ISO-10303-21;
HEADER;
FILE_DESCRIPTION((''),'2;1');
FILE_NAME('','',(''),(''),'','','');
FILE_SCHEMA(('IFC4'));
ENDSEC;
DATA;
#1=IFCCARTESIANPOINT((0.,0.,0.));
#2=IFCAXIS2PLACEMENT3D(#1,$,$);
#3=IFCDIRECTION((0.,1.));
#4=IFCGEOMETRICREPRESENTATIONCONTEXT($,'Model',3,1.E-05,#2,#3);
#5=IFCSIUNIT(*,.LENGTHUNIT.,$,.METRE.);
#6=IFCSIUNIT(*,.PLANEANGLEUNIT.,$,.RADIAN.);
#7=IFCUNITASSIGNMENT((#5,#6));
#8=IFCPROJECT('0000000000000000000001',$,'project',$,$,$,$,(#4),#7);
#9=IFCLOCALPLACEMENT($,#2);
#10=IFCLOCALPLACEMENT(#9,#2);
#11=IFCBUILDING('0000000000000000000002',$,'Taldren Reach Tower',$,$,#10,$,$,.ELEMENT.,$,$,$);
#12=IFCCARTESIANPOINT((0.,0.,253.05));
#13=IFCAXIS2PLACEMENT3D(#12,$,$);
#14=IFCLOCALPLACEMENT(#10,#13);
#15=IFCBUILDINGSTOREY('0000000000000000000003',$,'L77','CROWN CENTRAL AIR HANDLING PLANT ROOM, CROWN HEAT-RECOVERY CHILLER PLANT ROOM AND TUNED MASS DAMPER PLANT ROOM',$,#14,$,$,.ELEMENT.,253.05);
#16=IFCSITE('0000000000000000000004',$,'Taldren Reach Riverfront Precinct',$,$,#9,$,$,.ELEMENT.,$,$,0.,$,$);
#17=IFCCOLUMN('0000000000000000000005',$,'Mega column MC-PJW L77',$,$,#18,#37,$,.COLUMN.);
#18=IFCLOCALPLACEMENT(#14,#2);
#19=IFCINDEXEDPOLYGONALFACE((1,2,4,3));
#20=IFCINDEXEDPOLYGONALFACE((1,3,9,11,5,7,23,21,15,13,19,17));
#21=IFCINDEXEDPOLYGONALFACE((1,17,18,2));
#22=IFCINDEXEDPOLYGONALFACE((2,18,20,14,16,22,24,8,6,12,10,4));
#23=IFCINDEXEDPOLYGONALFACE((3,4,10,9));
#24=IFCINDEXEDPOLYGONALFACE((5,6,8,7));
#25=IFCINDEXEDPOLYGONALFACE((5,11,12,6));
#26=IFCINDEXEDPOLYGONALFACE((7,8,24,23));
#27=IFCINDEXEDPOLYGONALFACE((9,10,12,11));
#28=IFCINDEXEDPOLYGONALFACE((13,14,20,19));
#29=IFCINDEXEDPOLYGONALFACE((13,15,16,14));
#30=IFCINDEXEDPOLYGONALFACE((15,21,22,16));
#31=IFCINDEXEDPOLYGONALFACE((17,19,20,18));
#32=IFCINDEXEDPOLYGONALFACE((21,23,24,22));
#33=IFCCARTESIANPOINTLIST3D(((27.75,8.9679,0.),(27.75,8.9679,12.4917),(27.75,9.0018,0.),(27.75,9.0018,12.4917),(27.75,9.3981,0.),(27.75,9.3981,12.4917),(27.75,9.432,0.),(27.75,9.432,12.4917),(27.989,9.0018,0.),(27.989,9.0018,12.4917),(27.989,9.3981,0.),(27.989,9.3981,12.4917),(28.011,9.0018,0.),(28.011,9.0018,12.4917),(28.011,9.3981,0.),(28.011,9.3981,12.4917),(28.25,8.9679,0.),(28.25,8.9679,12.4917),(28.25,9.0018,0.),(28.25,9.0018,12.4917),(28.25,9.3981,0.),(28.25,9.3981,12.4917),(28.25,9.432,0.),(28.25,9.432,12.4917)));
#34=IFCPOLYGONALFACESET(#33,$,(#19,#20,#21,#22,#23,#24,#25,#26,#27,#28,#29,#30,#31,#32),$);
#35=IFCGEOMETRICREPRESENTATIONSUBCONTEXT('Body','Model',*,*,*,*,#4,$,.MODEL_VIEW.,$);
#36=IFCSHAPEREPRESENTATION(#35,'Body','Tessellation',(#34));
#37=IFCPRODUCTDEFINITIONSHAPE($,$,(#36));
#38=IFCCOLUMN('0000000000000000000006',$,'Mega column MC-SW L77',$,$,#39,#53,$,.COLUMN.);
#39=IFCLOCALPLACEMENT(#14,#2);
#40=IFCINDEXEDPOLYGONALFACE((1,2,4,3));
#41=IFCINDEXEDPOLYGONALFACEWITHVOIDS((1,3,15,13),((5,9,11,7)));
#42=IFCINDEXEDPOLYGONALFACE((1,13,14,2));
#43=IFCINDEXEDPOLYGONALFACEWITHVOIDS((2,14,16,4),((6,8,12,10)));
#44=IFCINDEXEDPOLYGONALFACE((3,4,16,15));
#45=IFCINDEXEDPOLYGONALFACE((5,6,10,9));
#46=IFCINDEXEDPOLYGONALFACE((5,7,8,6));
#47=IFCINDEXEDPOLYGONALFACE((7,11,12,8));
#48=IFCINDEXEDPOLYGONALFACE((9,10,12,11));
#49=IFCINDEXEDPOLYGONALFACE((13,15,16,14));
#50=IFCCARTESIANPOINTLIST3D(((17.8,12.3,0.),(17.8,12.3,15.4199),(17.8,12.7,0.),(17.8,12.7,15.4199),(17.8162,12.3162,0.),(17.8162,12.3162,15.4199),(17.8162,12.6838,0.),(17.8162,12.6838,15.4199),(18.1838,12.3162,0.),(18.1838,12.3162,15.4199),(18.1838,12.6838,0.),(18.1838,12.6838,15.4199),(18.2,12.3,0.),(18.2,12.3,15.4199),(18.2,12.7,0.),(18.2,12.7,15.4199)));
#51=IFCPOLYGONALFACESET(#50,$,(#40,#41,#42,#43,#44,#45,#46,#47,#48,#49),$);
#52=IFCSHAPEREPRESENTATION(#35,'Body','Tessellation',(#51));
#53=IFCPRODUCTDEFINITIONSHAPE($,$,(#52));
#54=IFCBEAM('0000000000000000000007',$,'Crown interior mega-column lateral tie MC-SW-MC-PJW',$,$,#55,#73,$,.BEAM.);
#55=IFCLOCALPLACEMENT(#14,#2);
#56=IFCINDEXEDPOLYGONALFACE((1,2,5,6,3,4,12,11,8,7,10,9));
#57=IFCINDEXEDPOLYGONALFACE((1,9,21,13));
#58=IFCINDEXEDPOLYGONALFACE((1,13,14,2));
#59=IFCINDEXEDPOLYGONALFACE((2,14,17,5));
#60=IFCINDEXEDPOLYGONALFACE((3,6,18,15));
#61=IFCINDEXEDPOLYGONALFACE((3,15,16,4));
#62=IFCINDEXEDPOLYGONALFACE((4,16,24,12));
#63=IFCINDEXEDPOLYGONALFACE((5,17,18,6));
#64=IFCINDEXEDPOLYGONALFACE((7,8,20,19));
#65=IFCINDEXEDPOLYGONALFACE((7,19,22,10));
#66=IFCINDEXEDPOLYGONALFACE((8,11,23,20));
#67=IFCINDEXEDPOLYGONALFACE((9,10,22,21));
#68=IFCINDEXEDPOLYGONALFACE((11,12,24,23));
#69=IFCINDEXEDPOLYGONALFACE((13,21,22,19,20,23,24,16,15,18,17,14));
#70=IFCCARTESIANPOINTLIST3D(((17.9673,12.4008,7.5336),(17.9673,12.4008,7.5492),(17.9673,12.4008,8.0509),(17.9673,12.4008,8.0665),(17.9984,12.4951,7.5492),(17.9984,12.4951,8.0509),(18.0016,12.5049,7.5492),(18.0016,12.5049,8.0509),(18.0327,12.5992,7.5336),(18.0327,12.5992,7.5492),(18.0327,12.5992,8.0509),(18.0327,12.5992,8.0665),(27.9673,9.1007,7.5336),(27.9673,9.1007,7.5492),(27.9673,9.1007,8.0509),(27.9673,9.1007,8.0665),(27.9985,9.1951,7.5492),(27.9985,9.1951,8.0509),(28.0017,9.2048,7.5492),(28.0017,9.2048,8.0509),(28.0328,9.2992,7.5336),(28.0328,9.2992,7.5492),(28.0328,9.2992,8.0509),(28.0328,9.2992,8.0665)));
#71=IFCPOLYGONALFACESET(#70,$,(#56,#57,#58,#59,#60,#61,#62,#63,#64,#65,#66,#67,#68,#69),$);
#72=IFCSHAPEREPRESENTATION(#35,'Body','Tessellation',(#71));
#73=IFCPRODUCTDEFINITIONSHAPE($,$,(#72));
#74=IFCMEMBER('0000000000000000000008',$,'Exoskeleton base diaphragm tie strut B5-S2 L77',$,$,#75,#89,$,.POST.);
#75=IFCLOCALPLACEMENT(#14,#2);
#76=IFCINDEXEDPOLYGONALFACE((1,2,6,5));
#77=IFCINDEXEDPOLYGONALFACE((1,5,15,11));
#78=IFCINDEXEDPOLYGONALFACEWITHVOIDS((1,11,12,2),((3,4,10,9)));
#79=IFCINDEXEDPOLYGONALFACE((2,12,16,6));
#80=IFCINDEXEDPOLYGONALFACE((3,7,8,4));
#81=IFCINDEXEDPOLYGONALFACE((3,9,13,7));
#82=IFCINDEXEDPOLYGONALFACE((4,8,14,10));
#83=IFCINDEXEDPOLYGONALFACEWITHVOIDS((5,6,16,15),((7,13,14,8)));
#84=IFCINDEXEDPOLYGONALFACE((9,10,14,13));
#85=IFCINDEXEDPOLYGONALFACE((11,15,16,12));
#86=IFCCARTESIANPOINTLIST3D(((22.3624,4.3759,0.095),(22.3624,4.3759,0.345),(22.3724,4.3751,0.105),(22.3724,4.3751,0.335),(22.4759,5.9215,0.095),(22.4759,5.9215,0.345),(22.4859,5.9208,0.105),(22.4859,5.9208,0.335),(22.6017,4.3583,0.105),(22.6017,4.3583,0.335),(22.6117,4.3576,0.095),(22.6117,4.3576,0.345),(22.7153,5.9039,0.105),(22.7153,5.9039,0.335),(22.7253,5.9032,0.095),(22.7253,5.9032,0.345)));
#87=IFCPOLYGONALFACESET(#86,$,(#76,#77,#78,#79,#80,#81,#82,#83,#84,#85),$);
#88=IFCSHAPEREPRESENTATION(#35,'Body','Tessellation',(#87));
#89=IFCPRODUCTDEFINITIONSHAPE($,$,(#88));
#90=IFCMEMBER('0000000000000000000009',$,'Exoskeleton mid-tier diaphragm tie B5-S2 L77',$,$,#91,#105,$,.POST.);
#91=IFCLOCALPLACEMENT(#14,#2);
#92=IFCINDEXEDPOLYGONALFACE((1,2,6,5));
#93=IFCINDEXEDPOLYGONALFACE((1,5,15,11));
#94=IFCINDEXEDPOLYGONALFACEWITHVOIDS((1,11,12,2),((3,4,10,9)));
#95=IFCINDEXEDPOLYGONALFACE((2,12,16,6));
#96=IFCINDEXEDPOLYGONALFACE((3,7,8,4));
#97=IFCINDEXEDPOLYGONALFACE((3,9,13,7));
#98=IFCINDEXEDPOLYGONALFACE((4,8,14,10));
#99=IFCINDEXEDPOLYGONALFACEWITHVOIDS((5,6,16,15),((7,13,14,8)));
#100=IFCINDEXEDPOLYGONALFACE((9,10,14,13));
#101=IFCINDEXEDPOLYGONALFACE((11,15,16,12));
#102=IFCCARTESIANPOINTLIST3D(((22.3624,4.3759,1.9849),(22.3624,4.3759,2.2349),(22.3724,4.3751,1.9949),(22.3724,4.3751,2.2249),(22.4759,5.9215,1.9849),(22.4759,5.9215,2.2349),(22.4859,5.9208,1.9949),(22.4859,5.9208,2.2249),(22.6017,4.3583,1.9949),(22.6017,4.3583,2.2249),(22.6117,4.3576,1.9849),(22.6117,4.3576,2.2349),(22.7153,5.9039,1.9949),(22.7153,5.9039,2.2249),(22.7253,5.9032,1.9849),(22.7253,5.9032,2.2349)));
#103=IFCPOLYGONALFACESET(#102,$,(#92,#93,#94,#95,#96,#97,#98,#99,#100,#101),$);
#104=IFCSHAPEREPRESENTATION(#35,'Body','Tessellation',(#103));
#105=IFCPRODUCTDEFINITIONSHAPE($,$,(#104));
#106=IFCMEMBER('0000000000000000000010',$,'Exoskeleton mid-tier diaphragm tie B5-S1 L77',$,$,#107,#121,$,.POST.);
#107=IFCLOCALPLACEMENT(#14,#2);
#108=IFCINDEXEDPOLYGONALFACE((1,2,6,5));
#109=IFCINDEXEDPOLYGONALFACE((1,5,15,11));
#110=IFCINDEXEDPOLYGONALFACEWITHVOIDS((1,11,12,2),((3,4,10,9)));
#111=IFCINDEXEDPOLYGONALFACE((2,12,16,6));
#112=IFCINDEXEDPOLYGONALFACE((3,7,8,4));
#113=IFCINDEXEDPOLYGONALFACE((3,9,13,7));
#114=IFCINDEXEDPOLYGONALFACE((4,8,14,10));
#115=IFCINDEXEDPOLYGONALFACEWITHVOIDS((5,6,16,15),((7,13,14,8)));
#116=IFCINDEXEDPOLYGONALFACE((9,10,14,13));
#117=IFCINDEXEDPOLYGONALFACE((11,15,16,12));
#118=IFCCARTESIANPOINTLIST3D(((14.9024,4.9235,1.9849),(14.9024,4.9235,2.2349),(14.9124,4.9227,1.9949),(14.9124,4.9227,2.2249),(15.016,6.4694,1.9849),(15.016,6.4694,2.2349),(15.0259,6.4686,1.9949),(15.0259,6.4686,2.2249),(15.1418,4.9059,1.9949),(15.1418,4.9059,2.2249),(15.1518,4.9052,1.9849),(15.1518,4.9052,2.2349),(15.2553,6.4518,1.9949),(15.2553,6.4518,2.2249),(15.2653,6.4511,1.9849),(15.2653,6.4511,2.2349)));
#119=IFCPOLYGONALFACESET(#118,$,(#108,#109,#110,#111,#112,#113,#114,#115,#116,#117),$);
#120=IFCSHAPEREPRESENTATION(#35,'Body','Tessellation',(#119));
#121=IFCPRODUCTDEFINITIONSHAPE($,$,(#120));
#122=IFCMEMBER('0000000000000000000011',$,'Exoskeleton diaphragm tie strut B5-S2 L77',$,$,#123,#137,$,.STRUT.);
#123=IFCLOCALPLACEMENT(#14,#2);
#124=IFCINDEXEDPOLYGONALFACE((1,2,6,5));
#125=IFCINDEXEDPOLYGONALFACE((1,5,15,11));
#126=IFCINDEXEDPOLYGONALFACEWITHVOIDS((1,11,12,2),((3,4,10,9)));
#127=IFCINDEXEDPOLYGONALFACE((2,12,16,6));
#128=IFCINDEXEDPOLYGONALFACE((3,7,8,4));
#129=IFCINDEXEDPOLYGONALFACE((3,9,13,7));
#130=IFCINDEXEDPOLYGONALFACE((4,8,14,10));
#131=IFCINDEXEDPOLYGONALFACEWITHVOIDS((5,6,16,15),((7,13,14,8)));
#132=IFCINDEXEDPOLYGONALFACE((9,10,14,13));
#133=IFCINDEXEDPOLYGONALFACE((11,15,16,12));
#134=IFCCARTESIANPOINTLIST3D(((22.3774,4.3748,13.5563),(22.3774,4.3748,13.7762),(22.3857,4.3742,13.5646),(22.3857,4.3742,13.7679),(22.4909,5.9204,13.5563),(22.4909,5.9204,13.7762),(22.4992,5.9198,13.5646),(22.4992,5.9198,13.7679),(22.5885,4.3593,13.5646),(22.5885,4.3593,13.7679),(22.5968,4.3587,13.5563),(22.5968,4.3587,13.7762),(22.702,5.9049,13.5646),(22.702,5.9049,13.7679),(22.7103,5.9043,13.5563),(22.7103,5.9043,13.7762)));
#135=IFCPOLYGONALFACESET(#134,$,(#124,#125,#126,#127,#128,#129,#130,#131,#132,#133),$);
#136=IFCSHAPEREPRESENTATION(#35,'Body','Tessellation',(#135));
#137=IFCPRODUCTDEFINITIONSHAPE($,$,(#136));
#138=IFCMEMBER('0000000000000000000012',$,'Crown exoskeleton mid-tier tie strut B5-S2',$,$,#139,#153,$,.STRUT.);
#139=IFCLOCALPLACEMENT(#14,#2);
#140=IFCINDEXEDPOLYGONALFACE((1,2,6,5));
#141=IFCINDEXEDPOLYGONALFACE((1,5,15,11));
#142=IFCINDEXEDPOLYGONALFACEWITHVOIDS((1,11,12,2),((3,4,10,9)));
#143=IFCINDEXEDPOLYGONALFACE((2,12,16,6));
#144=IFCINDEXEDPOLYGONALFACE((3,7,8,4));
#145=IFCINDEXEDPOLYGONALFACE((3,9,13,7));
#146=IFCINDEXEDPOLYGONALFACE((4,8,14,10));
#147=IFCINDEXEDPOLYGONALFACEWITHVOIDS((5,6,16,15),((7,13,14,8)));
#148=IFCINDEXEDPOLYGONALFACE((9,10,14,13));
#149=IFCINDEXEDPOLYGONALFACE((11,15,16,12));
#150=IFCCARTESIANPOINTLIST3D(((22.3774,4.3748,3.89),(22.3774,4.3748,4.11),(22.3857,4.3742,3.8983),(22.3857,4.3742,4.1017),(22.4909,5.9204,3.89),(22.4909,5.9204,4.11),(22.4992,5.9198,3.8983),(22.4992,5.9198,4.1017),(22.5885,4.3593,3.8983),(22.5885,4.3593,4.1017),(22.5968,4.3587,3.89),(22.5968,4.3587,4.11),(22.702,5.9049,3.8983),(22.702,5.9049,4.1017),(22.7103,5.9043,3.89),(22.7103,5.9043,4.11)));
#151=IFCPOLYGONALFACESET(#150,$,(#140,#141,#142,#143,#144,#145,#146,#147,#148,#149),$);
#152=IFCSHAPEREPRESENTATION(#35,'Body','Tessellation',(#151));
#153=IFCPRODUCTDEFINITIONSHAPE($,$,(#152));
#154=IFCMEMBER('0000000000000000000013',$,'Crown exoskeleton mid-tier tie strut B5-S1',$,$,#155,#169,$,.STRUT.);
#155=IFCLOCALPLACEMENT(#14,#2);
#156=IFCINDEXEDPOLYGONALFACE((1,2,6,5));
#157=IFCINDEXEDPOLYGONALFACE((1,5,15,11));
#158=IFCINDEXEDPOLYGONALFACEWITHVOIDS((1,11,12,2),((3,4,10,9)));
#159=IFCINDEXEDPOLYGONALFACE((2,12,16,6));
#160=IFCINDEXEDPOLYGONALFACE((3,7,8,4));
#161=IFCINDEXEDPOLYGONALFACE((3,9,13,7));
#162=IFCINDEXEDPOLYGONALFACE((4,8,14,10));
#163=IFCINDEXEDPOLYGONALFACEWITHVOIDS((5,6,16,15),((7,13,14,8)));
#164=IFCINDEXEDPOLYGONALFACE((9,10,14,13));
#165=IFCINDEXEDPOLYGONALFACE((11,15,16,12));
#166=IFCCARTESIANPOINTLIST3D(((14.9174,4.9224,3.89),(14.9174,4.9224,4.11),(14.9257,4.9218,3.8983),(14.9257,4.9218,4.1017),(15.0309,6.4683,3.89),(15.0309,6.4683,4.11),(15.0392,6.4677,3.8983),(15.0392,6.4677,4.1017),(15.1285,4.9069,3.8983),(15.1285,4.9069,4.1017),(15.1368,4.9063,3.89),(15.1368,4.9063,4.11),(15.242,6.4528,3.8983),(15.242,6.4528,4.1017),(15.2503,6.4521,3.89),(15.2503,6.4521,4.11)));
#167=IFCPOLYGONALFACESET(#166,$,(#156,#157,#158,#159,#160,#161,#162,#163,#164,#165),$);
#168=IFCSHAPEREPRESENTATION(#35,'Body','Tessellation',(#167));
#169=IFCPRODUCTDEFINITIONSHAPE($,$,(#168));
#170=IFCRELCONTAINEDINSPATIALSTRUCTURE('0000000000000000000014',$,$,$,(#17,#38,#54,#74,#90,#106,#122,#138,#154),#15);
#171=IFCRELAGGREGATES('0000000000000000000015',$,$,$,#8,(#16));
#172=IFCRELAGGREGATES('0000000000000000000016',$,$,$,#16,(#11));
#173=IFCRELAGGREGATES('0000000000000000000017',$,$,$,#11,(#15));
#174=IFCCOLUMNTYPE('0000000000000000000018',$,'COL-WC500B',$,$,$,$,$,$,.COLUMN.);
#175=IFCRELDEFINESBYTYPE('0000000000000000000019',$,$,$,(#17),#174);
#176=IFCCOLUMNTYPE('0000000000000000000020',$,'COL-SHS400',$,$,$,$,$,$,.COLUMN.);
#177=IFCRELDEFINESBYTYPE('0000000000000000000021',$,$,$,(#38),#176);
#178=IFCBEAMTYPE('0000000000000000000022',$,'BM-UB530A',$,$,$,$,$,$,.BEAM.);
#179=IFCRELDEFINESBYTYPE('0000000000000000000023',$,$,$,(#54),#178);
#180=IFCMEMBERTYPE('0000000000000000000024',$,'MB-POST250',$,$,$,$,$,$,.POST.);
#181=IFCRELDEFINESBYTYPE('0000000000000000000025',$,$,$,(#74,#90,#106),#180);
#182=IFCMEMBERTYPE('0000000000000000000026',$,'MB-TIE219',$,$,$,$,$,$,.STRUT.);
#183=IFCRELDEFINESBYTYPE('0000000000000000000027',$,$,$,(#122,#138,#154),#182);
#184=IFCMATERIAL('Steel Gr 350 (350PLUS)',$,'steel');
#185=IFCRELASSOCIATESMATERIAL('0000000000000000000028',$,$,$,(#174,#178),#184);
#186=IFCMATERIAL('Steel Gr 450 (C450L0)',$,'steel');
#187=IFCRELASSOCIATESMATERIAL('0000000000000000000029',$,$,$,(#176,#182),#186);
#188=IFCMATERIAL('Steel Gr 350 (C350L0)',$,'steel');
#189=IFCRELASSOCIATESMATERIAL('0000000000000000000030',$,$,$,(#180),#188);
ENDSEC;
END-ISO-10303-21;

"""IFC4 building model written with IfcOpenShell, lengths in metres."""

from ifc_helpers import new_model, si_unit, direction, frame, origin, origin_2d, place, context, subcontext, project, spatial, hollow_rectangle, i_section, extrude, source, transform, mapped, material, material_profile, profile_set, type_object, element, save


model = new_model("IFC4")

# Units and contexts
model_context = context("Model", 3, precision=1e-05, world=origin(), true_north=direction((0.0, 1.0)))
body_context = subcontext(model_context, "Body", "Model", "MODEL_VIEW")
ifc_project = project(units=[si_unit("LENGTHUNIT", "METRE"), si_unit("PLANEANGLEUNIT", "RADIAN")], contexts=[model_context])

# Site, building, storey
site_placement = place(None, origin())
site = spatial("IfcSite", under=ifc_project, at=site_placement, Name="Taldren Reach Riverfront Precinct", CompositionType="ELEMENT", RefElevation=0.0)
building_placement = place(site_placement, origin())
building = spatial("IfcBuilding", under=site, at=building_placement, Name="Taldren Reach Tower", CompositionType="ELEMENT")
storey_placement = place(building_placement, frame((0.0, 0.0, 253.05)))
storey = spatial("IfcBuildingStorey", under=building, at=storey_placement, Name="L77", Description="CROWN CENTRAL AIR HANDLING PLANT ROOM, CROWN HEAT-RECOVERY CHILLER PLANT ROOM AND TUNED MASS DAMPER PLANT ROOM", CompositionType="ELEMENT", Elevation=253.05)

# Columns
ifc_material_1 = material(Name="Steel Gr 350 (350PLUS)", Category="steel")
ifc_material_profile_1 = material_profile(ifc_material_1, i_section(OverallWidth=0.5, OverallDepth=0.4641, WebThickness=0.022, FlangeThickness=0.0339, at=origin_2d()), Name="500WC340")
ifc_profile_set_1 = profile_set([ifc_material_profile_1], Name="Steel Gr 350 (350PLUS)")
column_type_1 = type_object("IfcColumnType", Name="COL-WC500B", PredefinedType="COLUMN", material=ifc_profile_set_1)
shared_shape_1 = source(origin(), body_context, "Body", "SweptSolid", [
    extrude(i_section(OverallWidth=0.5, OverallDepth=0.4641, WebThickness=0.022, FlangeThickness=0.0339, at=origin_2d()), origin(), (0.0, 0.0, 1.0), 12.4917),
])
column_1_placement = place(storey_placement, frame((28.0, 9.2, 0.0), z_axis=(0.0, 0.0, 1.0), x_axis=(1.0, 0.0, 0.0)))
element("IfcColumn", 1, at=column_1_placement, inside=storey, type_object=column_type_1, Name="Mega column MC-PJW L77", PredefinedType="COLUMN", context=body_context, shape_type="MappedRepresentation", body=[
    mapped(shared_shape_1, transform((0.0, 0.0, 0.0), scale=1.0)),
])
ifc_material_2 = material(Name="Steel Gr 450 (C450L0)", Category="steel")
ifc_material_profile_2 = material_profile(ifc_material_2, hollow_rectangle(XDim=0.3999, YDim=0.3999, WallThickness=0.0161, at=origin_2d()), Name="400x400x16.0SHS")
ifc_profile_set_2 = profile_set([ifc_material_profile_2], Name="Steel Gr 450 (C450L0)")
column_type_2 = type_object("IfcColumnType", Name="COL-SHS400", PredefinedType="COLUMN", material=ifc_profile_set_2)
shared_shape_2 = source(origin(), body_context, "Body", "SweptSolid", [
    extrude(hollow_rectangle(XDim=0.3999, YDim=0.3999, WallThickness=0.0161, at=origin_2d()), origin(), (0.0, 0.0, 1.0), 15.4199),
])
column_2_placement = place(storey_placement, frame((18.0, 12.5, 0.0), z_axis=(0.0, 0.0, 1.0), x_axis=(1.0, 0.0, 0.0)))
element("IfcColumn", 2, at=column_2_placement, inside=storey, type_object=column_type_2, Name="Mega column MC-SW L77", PredefinedType="COLUMN", context=body_context, shape_type="MappedRepresentation", body=[
    mapped(shared_shape_2, transform((0.0, 0.0, 0.0), scale=1.0)),
])

# Beam
ifc_material_profile_3 = material_profile(ifc_material_1, i_section(OverallWidth=0.209, OverallDepth=0.533, WebThickness=0.0103, FlangeThickness=0.0156, at=origin_2d()), Name="530UB92.4")
ifc_profile_set_3 = profile_set([ifc_material_profile_3], Name="Steel Gr 350 (350PLUS)")
beam_type_1 = type_object("IfcBeamType", Name="BM-UB530A", PredefinedType="BEAM", material=ifc_profile_set_3)
shared_shape_3 = source(origin(), body_context, "Body", "SweptSolid", [
    extrude(i_section(OverallWidth=0.209, OverallDepth=0.533, WebThickness=0.0103, FlangeThickness=0.0156, at=origin_2d()), origin(), (0.0, 0.0, 1.0), 10.5305),
])
beam_1_placement = place(storey_placement, frame((18.0, 12.5, 7.8), z_axis=(0.949627, -0.313382, 0.0), x_axis=(0.313382, 0.949627, 0.0)))
element("IfcBeam", 3, at=beam_1_placement, inside=storey, type_object=beam_type_1, Name="Crown interior mega-column lateral tie MC-SW-MC-PJW", PredefinedType="BEAM", context=body_context, shape_type="MappedRepresentation", body=[
    mapped(shared_shape_3, transform((0.0, 0.0, 0.0), scale=1.0)),
])

# Members
ifc_material_3 = material(Name="Steel Gr 350 (C350L0)", Category="steel")
ifc_material_profile_4 = material_profile(ifc_material_3, hollow_rectangle(XDim=0.25, YDim=0.25, WallThickness=0.01, at=origin_2d()), Name="250x250x10.0SHS")
ifc_profile_set_4 = profile_set([ifc_material_profile_4], Name="Steel Gr 350 (C350L0)")
member_type_1 = type_object("IfcMemberType", Name="MB-POST250", PredefinedType="POST", material=ifc_profile_set_4)
shared_shape_4 = source(origin(), body_context, "Body", "SweptSolid", [
    extrude(hollow_rectangle(XDim=0.25, YDim=0.25, WallThickness=0.01, at=origin_2d()), origin(), (0.0, 0.0, 1.0), 1.5498),
])
for number, where, z_axis, x_axis, name in (
    (4, (22.6006, 5.9124, 0.22), (-0.073251, -0.997314, 0.0), (0.997314, -0.073251, 0.0), "Exoskeleton base diaphragm tie strut B5-S2 L77"),
    (5, (22.6006, 5.9124, 2.1099), (-0.073251, -0.997314, 0.0), (0.997314, -0.073251, 0.0), "Exoskeleton mid-tier diaphragm tie B5-S2 L77"),
):
    element("IfcMember", number, at=place(storey_placement, frame(where, z_axis=z_axis, x_axis=x_axis)), inside=storey, type_object=member_type_1, Name=name, PredefinedType="POST", context=body_context, shape_type="MappedRepresentation", body=[
        mapped(shared_shape_4, transform((0.0, 0.0, 0.0), scale=1.0)),
    ])
shared_shape_5 = source(origin(), body_context, "Body", "SweptSolid", [
    extrude(hollow_rectangle(XDim=0.25, YDim=0.25, WallThickness=0.01, at=origin_2d()), origin(), (0.0, 0.0, 1.0), 1.55),
])
member_1_placement = place(storey_placement, frame((15.1406, 6.4602, 2.1099), z_axis=(-0.073239, -0.997314, 0.0), x_axis=(0.997314, -0.073239, 0.0)))
element("IfcMember", 6, at=member_1_placement, inside=storey, type_object=member_type_1, Name="Exoskeleton mid-tier diaphragm tie B5-S1 L77", PredefinedType="POST", context=body_context, shape_type="MappedRepresentation", body=[
    mapped(shared_shape_5, transform((0.0, 0.0, 0.0), scale=1.0)),
])
ifc_material_profile_5 = material_profile(ifc_material_2, hollow_rectangle(XDim=0.22, YDim=0.22, WallThickness=0.0083, at=origin_2d()), Name="220x220x8.2SHS")
ifc_profile_set_5 = profile_set([ifc_material_profile_5], Name="Steel Gr 450 (C450L0)")
member_type_2 = type_object("IfcMemberType", Name="MB-TIE219", PredefinedType="STRUT", material=ifc_profile_set_5)
shared_shape_6 = source(origin(), body_context, "Body", "SweptSolid", [
    extrude(hollow_rectangle(XDim=0.22, YDim=0.22, WallThickness=0.0083, at=origin_2d()), origin(), (0.0, 0.0, 1.0), 1.5498),
])
for number, where, z_axis, x_axis, name in (
    (7, (22.6006, 5.9124, 13.6663), (-0.073251, -0.997314, 0.0), (0.997314, -0.073251, 0.0), "Exoskeleton diaphragm tie strut B5-S2 L77"),
    (8, (22.6006, 5.9124, 4.0), (-0.073251, -0.997314, 0.0), (0.997314, -0.073251, 0.0), "Crown exoskeleton mid-tier tie strut B5-S2"),
):
    element("IfcMember", number, at=place(storey_placement, frame(where, z_axis=z_axis, x_axis=x_axis)), inside=storey, type_object=member_type_2, Name=name, PredefinedType="STRUT", context=body_context, shape_type="MappedRepresentation", body=[
        mapped(shared_shape_6, transform((0.0, 0.0, 0.0), scale=1.0)),
    ])
shared_shape_7 = source(origin(), body_context, "Body", "SweptSolid", [
    extrude(hollow_rectangle(XDim=0.22, YDim=0.22, WallThickness=0.0083, at=origin_2d()), origin(), (0.0, 0.0, 1.0), 1.55),
])
member_2_placement = place(storey_placement, frame((15.1406, 6.4602, 4.0), z_axis=(-0.073239, -0.997314, 0.0), x_axis=(0.997314, -0.073239, 0.0)))
element("IfcMember", 9, at=member_2_placement, inside=storey, type_object=member_type_2, Name="Crown exoskeleton mid-tier tie strut B5-S1", PredefinedType="STRUT", context=body_context, shape_type="MappedRepresentation", body=[
    mapped(shared_shape_7, transform((0.0, 0.0, 0.0), scale=1.0)),
])

save(model, "model.ifc")
